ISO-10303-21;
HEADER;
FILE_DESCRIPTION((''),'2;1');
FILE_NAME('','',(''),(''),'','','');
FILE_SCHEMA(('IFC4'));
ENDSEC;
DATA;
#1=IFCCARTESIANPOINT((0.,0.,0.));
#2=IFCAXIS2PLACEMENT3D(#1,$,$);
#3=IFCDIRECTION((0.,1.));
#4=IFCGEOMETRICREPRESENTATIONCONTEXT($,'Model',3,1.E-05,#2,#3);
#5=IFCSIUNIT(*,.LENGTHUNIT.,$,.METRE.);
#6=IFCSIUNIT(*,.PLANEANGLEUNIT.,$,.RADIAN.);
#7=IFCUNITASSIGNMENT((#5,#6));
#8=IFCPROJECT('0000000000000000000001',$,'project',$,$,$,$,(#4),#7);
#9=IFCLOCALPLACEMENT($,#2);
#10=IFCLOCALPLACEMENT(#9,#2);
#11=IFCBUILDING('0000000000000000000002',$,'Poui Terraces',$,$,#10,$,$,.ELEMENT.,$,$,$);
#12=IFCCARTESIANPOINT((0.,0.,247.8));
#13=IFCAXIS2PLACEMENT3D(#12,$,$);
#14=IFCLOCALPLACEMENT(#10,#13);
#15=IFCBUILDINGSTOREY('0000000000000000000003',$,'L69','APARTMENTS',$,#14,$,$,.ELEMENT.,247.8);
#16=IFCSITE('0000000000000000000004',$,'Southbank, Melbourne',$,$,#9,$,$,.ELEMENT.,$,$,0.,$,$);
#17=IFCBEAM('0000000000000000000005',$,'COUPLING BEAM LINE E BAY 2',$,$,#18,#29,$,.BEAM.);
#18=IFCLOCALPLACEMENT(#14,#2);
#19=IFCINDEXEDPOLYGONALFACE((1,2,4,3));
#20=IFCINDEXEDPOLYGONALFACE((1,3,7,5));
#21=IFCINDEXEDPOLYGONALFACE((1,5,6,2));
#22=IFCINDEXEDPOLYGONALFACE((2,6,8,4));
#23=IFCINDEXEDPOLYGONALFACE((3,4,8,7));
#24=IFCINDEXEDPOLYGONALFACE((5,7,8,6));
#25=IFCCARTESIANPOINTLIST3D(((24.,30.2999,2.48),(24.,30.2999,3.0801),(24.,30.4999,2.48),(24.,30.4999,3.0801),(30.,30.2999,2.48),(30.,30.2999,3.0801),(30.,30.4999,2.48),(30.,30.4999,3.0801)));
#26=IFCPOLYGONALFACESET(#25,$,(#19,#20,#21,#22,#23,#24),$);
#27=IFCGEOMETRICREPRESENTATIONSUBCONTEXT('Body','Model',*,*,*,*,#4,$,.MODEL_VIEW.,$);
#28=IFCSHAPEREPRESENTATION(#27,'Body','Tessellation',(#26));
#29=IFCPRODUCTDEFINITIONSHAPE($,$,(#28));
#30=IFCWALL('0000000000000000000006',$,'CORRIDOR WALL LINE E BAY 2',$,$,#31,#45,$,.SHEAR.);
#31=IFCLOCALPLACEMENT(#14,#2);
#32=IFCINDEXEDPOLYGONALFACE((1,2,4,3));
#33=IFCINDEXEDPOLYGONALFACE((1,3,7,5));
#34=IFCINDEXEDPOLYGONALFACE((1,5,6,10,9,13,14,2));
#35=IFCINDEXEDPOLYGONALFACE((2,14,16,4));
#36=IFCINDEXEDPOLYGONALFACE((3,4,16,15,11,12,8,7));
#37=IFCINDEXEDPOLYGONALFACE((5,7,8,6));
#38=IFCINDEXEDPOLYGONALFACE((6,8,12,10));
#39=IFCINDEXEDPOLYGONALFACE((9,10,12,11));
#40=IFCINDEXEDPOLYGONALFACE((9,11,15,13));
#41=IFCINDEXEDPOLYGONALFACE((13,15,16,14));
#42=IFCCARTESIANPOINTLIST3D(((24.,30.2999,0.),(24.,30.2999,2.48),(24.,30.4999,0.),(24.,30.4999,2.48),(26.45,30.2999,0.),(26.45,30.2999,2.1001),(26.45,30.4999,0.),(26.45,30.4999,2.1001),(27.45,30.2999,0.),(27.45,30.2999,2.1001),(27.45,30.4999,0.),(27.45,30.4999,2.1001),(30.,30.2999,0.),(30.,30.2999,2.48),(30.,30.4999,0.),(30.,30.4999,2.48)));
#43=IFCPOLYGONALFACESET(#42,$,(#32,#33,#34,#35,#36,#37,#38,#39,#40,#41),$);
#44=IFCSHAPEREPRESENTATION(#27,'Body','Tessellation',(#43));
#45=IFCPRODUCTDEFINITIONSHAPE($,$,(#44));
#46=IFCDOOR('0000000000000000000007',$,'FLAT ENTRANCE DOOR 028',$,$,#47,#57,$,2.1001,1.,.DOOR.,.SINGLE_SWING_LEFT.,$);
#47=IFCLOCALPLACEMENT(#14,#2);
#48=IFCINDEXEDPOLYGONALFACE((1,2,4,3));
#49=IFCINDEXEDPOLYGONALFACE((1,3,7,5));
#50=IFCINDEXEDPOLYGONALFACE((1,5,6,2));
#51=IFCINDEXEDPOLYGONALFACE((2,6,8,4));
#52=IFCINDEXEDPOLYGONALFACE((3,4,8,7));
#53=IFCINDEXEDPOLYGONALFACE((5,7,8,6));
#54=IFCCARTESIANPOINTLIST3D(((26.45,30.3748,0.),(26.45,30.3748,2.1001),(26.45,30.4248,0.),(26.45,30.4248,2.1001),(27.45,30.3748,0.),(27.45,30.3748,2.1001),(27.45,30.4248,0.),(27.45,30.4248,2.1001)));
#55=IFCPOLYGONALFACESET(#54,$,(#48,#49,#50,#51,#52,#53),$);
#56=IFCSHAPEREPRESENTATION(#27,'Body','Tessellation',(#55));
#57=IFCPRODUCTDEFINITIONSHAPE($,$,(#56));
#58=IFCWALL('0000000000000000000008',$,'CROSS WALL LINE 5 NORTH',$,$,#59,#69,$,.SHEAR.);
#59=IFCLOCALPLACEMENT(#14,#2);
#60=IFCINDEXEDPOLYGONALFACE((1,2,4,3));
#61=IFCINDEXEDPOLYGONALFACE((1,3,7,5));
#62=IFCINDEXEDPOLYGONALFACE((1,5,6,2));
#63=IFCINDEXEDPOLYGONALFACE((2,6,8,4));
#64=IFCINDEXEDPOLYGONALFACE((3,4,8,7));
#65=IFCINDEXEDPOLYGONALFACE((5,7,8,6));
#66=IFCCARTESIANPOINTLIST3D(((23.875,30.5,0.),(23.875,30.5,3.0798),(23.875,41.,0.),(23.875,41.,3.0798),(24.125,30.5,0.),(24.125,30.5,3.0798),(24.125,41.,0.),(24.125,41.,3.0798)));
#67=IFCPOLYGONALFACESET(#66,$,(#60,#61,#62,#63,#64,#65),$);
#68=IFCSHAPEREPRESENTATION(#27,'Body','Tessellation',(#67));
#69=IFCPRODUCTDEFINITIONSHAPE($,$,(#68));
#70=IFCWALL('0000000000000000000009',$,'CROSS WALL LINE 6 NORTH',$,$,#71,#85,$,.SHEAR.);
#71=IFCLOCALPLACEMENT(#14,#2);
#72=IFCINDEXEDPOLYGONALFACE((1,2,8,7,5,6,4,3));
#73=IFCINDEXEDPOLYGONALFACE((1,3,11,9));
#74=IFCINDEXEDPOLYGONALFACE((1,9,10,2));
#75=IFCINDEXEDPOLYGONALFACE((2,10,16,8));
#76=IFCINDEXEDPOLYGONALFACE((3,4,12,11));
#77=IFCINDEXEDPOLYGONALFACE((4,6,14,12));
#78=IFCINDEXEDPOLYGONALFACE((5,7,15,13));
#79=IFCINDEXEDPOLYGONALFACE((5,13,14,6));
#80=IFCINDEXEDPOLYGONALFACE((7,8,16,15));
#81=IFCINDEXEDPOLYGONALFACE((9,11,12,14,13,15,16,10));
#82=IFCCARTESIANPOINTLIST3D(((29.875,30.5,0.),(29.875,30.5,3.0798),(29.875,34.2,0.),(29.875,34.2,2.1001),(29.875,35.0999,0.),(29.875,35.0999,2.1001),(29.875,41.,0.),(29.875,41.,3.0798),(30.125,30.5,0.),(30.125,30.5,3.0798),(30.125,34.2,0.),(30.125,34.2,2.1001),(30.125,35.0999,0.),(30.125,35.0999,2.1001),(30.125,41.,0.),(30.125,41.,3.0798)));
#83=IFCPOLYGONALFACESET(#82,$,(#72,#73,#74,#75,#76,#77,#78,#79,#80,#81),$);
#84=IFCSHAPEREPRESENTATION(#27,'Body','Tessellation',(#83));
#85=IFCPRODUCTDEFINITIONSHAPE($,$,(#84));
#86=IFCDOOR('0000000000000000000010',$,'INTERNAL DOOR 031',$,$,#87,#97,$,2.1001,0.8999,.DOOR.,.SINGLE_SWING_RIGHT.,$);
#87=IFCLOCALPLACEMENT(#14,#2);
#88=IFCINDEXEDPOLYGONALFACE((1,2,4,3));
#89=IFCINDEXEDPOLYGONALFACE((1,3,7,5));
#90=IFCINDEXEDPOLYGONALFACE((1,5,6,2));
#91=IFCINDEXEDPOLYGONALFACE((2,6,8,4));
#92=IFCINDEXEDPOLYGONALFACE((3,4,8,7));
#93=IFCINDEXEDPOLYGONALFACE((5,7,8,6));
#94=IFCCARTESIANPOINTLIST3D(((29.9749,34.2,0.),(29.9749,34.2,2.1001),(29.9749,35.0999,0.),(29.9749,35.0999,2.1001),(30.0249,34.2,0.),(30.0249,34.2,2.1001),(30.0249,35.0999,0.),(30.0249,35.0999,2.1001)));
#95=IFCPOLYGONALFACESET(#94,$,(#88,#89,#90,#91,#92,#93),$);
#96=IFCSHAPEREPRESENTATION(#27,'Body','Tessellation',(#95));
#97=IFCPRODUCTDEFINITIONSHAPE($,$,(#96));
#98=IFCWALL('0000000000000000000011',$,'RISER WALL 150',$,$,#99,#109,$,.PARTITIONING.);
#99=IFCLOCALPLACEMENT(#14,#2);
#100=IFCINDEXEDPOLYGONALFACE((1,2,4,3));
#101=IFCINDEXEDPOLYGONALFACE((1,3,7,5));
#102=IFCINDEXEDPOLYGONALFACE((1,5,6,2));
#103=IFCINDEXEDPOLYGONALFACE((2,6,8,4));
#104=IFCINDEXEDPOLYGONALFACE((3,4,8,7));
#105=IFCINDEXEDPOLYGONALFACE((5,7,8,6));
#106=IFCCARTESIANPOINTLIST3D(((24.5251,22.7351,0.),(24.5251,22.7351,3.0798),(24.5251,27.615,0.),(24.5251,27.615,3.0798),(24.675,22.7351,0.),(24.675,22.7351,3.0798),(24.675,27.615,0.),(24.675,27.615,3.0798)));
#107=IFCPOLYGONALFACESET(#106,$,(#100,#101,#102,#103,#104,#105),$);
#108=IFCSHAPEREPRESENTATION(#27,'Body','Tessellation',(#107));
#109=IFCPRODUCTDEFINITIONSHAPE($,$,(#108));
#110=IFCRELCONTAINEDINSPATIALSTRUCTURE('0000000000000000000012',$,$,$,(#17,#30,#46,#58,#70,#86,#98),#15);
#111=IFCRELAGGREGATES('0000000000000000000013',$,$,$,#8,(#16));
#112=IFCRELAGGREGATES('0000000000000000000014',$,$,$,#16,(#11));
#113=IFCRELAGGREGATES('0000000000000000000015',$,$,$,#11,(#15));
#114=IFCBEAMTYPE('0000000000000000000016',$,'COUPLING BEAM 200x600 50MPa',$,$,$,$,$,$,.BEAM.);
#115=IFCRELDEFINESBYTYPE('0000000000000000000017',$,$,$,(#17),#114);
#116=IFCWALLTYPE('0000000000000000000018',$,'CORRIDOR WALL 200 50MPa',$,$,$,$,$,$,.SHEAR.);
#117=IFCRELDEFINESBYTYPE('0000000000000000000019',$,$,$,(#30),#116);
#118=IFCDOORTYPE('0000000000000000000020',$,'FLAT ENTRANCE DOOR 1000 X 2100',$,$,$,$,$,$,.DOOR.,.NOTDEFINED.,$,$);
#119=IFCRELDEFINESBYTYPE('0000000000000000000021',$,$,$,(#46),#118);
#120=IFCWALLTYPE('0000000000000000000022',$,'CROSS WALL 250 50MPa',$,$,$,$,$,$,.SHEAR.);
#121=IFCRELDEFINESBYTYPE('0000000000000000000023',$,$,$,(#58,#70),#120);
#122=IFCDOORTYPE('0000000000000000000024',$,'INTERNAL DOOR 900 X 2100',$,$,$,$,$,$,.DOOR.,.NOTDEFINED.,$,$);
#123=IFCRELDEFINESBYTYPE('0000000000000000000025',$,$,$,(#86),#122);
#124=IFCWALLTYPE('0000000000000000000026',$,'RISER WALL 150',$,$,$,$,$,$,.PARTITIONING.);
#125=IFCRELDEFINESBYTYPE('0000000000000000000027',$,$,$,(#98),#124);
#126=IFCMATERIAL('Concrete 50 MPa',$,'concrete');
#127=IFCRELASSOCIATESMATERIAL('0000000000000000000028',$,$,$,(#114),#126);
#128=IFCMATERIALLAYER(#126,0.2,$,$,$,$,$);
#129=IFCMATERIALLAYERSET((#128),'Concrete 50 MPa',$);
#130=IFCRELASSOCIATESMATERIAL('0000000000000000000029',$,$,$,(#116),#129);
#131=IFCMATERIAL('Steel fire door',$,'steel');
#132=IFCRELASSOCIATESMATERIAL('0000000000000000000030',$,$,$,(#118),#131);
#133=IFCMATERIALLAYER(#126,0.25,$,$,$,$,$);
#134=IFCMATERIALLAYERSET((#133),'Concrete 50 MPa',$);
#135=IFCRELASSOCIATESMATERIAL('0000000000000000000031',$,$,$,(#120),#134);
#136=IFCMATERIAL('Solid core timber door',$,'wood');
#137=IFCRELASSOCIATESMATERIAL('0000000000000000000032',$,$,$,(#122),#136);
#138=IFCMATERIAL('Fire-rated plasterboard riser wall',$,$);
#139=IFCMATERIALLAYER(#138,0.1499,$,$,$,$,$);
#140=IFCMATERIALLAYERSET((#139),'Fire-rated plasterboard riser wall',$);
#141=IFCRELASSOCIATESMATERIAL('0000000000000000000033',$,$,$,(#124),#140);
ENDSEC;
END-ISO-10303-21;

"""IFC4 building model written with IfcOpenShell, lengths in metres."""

from ifc_helpers import new_model, si_unit, direction, frame, frame_2d, origin, origin_2d, place, context, subcontext, project, spatial, rectangle, extrude, source, transform, mapped, material, layer, layer_set, material_profile, profile_set, type_object, element, fill, save


model = new_model("IFC4")

# Units and contexts
model_context = context("Model", 3, precision=1e-05, world=origin(), true_north=direction((0.0, 1.0)))
body_context = subcontext(model_context, "Body", "Model", "MODEL_VIEW")
ifc_project = project(units=[si_unit("LENGTHUNIT", "METRE"), si_unit("PLANEANGLEUNIT", "RADIAN")], contexts=[model_context])

# Site, building, storey
site_placement = place(None, origin())
site = spatial("IfcSite", under=ifc_project, at=site_placement, Name="Southbank, Melbourne", CompositionType="ELEMENT", RefElevation=0.0)
building_placement = place(site_placement, origin())
building = spatial("IfcBuilding", under=site, at=building_placement, Name="Poui Terraces", CompositionType="ELEMENT")
storey_placement = place(building_placement, frame((0.0, 0.0, 247.8)))
storey = spatial("IfcBuildingStorey", under=building, at=storey_placement, Name="L69", Description="APARTMENTS", CompositionType="ELEMENT", Elevation=247.8)

# Beam
ifc_material_1 = material(Name="Concrete 50 MPa", Category="concrete")
ifc_material_profile = material_profile(ifc_material_1, rectangle(XDim=0.2, YDim=0.6001, at=origin_2d()), Name="RC 200x600")
ifc_profile_set = profile_set([ifc_material_profile], Name="Concrete 50 MPa")
beam_type = type_object("IfcBeamType", Name="COUPLING BEAM 200x600 50MPa", PredefinedType="BEAM", material=ifc_profile_set)
shared_shape = source(origin(), body_context, "Body", "SweptSolid", [
    extrude(rectangle(XDim=0.2, YDim=0.6001, at=origin_2d()), origin(), (0.0, 0.0, 1.0), 6.0),
])
beam_placement = place(storey_placement, frame((24.0, 30.3999, 2.78), z_axis=(1.0, 0.0, 0.0), x_axis=(0.0, 1.0, 0.0)))
element("IfcBeam", 1, at=beam_placement, inside=storey, type_object=beam_type, Name="COUPLING BEAM LINE E BAY 2", PredefinedType="BEAM", context=body_context, shape_type="MappedRepresentation", body=[
    mapped(shared_shape, transform((0.0, 0.0, 0.0))),
])

# Wall, opening, door
ifc_layer_1 = layer(ifc_material_1, 0.2)
ifc_layer_set_1 = layer_set([ifc_layer_1], Name="Concrete 50 MPa")
wall_type_1 = type_object("IfcWallType", Name="CORRIDOR WALL 200 50MPa", PredefinedType="SHEAR", material=ifc_layer_set_1)
wall_1_placement = place(storey_placement, frame((24.0, 30.3999, 0.0), z_axis=(0.0, 0.0, 1.0), x_axis=(1.0, 0.0, 0.0)))
wall_1 = element("IfcWall", 2, at=wall_1_placement, inside=storey, type_object=wall_type_1, Name="CORRIDOR WALL LINE E BAY 2", PredefinedType="SHEAR", context=body_context, shape_type="SweptSolid", body=[
    extrude(rectangle(XDim=6.0, YDim=0.2, at=frame_2d((3.0, 0.0))), origin(), (0.0, 0.0, 1.0), 2.48),
])
opening_1_placement = place(wall_1_placement, frame((2.45, 0.0, 0.0)))
opening_1 = element("IfcOpeningElement", 3, at=opening_1_placement, cuts=wall_1, PredefinedType="OPENING", context=body_context, shape_type="SweptSolid", body=[
    extrude(rectangle(XDim=1.0, YDim=2.1001, at=frame_2d((0.5, 1.05))), frame((0.0, 0.1099, 0.0), z_axis=(0.0, -1.0, 0.0), x_axis=(1.0, 0.0, 0.0)), (0.0, 0.0, 1.0), 0.22),
])
ifc_material_2 = material(Name="Steel fire door", Category="steel")
door_type_1 = type_object("IfcDoorType", Name="FLAT ENTRANCE DOOR 1000 X 2100", OperationType="NOTDEFINED", PredefinedType="DOOR", material=ifc_material_2)
door_1_placement = place(opening_1_placement, origin())
door_1 = element("IfcDoor", 4, at=door_1_placement, inside=storey, type_object=door_type_1, Name="FLAT ENTRANCE DOOR 028", OperationType="SINGLE_SWING_LEFT", OverallHeight=2.1001, OverallWidth=1.0, PredefinedType="DOOR", context=body_context, shape_type="SweptSolid", body=[
    extrude(rectangle(XDim=1.0, YDim=2.1001, at=frame_2d((0.5, 1.05))), frame((0.0, 0.0249, 0.0), z_axis=(0.0, -1.0, 0.0), x_axis=(1.0, 0.0, 0.0)), (0.0, 0.0, 1.0), 0.05),
])
fill(opening_1, door_1)

# Wall
ifc_layer_2 = layer(ifc_material_1, 0.25)
ifc_layer_set_2 = layer_set([ifc_layer_2], Name="Concrete 50 MPa")
wall_type_2 = type_object("IfcWallType", Name="CROSS WALL 250 50MPa", PredefinedType="SHEAR", material=ifc_layer_set_2)
wall_2_placement = place(storey_placement, frame((24.0, 30.5, 0.0), z_axis=(0.0, 0.0, 1.0), x_axis=(0.0, 1.0, 0.0)))
element("IfcWall", 5, at=wall_2_placement, inside=storey, type_object=wall_type_2, Name="CROSS WALL LINE 5 NORTH", PredefinedType="SHEAR", context=body_context, shape_type="SweptSolid", body=[
    extrude(rectangle(XDim=10.5, YDim=0.25, at=frame_2d((5.25, 0.0))), origin(), (0.0, 0.0, 1.0), 3.0798),
])

# Wall, opening, door
wall_3_placement = place(storey_placement, frame((30.0, 30.5, 0.0), z_axis=(0.0, 0.0, 1.0), x_axis=(0.0, 1.0, 0.0)))
wall_3 = element("IfcWall", 6, at=wall_3_placement, inside=storey, type_object=wall_type_2, Name="CROSS WALL LINE 6 NORTH", PredefinedType="SHEAR", context=body_context, shape_type="SweptSolid", body=[
    extrude(rectangle(XDim=10.5, YDim=0.25, at=frame_2d((5.25, 0.0))), origin(), (0.0, 0.0, 1.0), 3.0798),
])
opening_2_placement = place(wall_3_placement, frame((3.7, 0.0, 0.0)))
opening_2 = element("IfcOpeningElement", 7, at=opening_2_placement, cuts=wall_3, PredefinedType="OPENING", context=body_context, shape_type="SweptSolid", body=[
    extrude(rectangle(XDim=0.8999, YDim=2.1001, at=frame_2d((0.45, 1.05))), frame((0.0, 0.135, 0.0), z_axis=(0.0, -1.0, 0.0), x_axis=(1.0, 0.0, 0.0)), (0.0, 0.0, 1.0), 0.27),
])
ifc_material_3 = material(Name="Solid core timber door", Category="wood")
door_type_2 = type_object("IfcDoorType", Name="INTERNAL DOOR 900 X 2100", OperationType="NOTDEFINED", PredefinedType="DOOR", material=ifc_material_3)
door_2_placement = place(opening_2_placement, frame((0.8999, 0.0, 0.0), z_axis=(0.0, 0.0, 1.0), x_axis=(-1.0, 0.0, 0.0)))
door_2 = element("IfcDoor", 8, at=door_2_placement, inside=storey, type_object=door_type_2, Name="INTERNAL DOOR 031", OperationType="SINGLE_SWING_RIGHT", OverallHeight=2.1001, OverallWidth=0.8999, PredefinedType="DOOR", context=body_context, shape_type="SweptSolid", body=[
    extrude(rectangle(XDim=0.8999, YDim=2.1001, at=frame_2d((0.45, 1.05))), frame((0.0, 0.0249, 0.0), z_axis=(0.0, -1.0, 0.0), x_axis=(1.0, 0.0, 0.0)), (0.0, 0.0, 1.0), 0.05),
])
fill(opening_2, door_2)

# Wall
ifc_material_4 = material(Name="Fire-rated plasterboard riser wall")
ifc_layer_3 = layer(ifc_material_4, 0.1499)
ifc_layer_set_3 = layer_set([ifc_layer_3], Name="Fire-rated plasterboard riser wall")
wall_type_3 = type_object("IfcWallType", Name="RISER WALL 150", PredefinedType="PARTITIONING", material=ifc_layer_set_3)
wall_4_placement = place(storey_placement, frame((24.6001, 22.7351, 0.0), z_axis=(0.0, 0.0, 1.0), x_axis=(0.0, 1.0, 0.0)))
element("IfcWall", 9, at=wall_4_placement, inside=storey, type_object=wall_type_3, Name="RISER WALL 150", PredefinedType="PARTITIONING", context=body_context, shape_type="SweptSolid", body=[
    extrude(rectangle(XDim=4.8799, YDim=0.1499, at=frame_2d((2.4399, 0.0))), origin(), (0.0, 0.0, 1.0), 3.0798),
])

save(model, "model.ifc")
